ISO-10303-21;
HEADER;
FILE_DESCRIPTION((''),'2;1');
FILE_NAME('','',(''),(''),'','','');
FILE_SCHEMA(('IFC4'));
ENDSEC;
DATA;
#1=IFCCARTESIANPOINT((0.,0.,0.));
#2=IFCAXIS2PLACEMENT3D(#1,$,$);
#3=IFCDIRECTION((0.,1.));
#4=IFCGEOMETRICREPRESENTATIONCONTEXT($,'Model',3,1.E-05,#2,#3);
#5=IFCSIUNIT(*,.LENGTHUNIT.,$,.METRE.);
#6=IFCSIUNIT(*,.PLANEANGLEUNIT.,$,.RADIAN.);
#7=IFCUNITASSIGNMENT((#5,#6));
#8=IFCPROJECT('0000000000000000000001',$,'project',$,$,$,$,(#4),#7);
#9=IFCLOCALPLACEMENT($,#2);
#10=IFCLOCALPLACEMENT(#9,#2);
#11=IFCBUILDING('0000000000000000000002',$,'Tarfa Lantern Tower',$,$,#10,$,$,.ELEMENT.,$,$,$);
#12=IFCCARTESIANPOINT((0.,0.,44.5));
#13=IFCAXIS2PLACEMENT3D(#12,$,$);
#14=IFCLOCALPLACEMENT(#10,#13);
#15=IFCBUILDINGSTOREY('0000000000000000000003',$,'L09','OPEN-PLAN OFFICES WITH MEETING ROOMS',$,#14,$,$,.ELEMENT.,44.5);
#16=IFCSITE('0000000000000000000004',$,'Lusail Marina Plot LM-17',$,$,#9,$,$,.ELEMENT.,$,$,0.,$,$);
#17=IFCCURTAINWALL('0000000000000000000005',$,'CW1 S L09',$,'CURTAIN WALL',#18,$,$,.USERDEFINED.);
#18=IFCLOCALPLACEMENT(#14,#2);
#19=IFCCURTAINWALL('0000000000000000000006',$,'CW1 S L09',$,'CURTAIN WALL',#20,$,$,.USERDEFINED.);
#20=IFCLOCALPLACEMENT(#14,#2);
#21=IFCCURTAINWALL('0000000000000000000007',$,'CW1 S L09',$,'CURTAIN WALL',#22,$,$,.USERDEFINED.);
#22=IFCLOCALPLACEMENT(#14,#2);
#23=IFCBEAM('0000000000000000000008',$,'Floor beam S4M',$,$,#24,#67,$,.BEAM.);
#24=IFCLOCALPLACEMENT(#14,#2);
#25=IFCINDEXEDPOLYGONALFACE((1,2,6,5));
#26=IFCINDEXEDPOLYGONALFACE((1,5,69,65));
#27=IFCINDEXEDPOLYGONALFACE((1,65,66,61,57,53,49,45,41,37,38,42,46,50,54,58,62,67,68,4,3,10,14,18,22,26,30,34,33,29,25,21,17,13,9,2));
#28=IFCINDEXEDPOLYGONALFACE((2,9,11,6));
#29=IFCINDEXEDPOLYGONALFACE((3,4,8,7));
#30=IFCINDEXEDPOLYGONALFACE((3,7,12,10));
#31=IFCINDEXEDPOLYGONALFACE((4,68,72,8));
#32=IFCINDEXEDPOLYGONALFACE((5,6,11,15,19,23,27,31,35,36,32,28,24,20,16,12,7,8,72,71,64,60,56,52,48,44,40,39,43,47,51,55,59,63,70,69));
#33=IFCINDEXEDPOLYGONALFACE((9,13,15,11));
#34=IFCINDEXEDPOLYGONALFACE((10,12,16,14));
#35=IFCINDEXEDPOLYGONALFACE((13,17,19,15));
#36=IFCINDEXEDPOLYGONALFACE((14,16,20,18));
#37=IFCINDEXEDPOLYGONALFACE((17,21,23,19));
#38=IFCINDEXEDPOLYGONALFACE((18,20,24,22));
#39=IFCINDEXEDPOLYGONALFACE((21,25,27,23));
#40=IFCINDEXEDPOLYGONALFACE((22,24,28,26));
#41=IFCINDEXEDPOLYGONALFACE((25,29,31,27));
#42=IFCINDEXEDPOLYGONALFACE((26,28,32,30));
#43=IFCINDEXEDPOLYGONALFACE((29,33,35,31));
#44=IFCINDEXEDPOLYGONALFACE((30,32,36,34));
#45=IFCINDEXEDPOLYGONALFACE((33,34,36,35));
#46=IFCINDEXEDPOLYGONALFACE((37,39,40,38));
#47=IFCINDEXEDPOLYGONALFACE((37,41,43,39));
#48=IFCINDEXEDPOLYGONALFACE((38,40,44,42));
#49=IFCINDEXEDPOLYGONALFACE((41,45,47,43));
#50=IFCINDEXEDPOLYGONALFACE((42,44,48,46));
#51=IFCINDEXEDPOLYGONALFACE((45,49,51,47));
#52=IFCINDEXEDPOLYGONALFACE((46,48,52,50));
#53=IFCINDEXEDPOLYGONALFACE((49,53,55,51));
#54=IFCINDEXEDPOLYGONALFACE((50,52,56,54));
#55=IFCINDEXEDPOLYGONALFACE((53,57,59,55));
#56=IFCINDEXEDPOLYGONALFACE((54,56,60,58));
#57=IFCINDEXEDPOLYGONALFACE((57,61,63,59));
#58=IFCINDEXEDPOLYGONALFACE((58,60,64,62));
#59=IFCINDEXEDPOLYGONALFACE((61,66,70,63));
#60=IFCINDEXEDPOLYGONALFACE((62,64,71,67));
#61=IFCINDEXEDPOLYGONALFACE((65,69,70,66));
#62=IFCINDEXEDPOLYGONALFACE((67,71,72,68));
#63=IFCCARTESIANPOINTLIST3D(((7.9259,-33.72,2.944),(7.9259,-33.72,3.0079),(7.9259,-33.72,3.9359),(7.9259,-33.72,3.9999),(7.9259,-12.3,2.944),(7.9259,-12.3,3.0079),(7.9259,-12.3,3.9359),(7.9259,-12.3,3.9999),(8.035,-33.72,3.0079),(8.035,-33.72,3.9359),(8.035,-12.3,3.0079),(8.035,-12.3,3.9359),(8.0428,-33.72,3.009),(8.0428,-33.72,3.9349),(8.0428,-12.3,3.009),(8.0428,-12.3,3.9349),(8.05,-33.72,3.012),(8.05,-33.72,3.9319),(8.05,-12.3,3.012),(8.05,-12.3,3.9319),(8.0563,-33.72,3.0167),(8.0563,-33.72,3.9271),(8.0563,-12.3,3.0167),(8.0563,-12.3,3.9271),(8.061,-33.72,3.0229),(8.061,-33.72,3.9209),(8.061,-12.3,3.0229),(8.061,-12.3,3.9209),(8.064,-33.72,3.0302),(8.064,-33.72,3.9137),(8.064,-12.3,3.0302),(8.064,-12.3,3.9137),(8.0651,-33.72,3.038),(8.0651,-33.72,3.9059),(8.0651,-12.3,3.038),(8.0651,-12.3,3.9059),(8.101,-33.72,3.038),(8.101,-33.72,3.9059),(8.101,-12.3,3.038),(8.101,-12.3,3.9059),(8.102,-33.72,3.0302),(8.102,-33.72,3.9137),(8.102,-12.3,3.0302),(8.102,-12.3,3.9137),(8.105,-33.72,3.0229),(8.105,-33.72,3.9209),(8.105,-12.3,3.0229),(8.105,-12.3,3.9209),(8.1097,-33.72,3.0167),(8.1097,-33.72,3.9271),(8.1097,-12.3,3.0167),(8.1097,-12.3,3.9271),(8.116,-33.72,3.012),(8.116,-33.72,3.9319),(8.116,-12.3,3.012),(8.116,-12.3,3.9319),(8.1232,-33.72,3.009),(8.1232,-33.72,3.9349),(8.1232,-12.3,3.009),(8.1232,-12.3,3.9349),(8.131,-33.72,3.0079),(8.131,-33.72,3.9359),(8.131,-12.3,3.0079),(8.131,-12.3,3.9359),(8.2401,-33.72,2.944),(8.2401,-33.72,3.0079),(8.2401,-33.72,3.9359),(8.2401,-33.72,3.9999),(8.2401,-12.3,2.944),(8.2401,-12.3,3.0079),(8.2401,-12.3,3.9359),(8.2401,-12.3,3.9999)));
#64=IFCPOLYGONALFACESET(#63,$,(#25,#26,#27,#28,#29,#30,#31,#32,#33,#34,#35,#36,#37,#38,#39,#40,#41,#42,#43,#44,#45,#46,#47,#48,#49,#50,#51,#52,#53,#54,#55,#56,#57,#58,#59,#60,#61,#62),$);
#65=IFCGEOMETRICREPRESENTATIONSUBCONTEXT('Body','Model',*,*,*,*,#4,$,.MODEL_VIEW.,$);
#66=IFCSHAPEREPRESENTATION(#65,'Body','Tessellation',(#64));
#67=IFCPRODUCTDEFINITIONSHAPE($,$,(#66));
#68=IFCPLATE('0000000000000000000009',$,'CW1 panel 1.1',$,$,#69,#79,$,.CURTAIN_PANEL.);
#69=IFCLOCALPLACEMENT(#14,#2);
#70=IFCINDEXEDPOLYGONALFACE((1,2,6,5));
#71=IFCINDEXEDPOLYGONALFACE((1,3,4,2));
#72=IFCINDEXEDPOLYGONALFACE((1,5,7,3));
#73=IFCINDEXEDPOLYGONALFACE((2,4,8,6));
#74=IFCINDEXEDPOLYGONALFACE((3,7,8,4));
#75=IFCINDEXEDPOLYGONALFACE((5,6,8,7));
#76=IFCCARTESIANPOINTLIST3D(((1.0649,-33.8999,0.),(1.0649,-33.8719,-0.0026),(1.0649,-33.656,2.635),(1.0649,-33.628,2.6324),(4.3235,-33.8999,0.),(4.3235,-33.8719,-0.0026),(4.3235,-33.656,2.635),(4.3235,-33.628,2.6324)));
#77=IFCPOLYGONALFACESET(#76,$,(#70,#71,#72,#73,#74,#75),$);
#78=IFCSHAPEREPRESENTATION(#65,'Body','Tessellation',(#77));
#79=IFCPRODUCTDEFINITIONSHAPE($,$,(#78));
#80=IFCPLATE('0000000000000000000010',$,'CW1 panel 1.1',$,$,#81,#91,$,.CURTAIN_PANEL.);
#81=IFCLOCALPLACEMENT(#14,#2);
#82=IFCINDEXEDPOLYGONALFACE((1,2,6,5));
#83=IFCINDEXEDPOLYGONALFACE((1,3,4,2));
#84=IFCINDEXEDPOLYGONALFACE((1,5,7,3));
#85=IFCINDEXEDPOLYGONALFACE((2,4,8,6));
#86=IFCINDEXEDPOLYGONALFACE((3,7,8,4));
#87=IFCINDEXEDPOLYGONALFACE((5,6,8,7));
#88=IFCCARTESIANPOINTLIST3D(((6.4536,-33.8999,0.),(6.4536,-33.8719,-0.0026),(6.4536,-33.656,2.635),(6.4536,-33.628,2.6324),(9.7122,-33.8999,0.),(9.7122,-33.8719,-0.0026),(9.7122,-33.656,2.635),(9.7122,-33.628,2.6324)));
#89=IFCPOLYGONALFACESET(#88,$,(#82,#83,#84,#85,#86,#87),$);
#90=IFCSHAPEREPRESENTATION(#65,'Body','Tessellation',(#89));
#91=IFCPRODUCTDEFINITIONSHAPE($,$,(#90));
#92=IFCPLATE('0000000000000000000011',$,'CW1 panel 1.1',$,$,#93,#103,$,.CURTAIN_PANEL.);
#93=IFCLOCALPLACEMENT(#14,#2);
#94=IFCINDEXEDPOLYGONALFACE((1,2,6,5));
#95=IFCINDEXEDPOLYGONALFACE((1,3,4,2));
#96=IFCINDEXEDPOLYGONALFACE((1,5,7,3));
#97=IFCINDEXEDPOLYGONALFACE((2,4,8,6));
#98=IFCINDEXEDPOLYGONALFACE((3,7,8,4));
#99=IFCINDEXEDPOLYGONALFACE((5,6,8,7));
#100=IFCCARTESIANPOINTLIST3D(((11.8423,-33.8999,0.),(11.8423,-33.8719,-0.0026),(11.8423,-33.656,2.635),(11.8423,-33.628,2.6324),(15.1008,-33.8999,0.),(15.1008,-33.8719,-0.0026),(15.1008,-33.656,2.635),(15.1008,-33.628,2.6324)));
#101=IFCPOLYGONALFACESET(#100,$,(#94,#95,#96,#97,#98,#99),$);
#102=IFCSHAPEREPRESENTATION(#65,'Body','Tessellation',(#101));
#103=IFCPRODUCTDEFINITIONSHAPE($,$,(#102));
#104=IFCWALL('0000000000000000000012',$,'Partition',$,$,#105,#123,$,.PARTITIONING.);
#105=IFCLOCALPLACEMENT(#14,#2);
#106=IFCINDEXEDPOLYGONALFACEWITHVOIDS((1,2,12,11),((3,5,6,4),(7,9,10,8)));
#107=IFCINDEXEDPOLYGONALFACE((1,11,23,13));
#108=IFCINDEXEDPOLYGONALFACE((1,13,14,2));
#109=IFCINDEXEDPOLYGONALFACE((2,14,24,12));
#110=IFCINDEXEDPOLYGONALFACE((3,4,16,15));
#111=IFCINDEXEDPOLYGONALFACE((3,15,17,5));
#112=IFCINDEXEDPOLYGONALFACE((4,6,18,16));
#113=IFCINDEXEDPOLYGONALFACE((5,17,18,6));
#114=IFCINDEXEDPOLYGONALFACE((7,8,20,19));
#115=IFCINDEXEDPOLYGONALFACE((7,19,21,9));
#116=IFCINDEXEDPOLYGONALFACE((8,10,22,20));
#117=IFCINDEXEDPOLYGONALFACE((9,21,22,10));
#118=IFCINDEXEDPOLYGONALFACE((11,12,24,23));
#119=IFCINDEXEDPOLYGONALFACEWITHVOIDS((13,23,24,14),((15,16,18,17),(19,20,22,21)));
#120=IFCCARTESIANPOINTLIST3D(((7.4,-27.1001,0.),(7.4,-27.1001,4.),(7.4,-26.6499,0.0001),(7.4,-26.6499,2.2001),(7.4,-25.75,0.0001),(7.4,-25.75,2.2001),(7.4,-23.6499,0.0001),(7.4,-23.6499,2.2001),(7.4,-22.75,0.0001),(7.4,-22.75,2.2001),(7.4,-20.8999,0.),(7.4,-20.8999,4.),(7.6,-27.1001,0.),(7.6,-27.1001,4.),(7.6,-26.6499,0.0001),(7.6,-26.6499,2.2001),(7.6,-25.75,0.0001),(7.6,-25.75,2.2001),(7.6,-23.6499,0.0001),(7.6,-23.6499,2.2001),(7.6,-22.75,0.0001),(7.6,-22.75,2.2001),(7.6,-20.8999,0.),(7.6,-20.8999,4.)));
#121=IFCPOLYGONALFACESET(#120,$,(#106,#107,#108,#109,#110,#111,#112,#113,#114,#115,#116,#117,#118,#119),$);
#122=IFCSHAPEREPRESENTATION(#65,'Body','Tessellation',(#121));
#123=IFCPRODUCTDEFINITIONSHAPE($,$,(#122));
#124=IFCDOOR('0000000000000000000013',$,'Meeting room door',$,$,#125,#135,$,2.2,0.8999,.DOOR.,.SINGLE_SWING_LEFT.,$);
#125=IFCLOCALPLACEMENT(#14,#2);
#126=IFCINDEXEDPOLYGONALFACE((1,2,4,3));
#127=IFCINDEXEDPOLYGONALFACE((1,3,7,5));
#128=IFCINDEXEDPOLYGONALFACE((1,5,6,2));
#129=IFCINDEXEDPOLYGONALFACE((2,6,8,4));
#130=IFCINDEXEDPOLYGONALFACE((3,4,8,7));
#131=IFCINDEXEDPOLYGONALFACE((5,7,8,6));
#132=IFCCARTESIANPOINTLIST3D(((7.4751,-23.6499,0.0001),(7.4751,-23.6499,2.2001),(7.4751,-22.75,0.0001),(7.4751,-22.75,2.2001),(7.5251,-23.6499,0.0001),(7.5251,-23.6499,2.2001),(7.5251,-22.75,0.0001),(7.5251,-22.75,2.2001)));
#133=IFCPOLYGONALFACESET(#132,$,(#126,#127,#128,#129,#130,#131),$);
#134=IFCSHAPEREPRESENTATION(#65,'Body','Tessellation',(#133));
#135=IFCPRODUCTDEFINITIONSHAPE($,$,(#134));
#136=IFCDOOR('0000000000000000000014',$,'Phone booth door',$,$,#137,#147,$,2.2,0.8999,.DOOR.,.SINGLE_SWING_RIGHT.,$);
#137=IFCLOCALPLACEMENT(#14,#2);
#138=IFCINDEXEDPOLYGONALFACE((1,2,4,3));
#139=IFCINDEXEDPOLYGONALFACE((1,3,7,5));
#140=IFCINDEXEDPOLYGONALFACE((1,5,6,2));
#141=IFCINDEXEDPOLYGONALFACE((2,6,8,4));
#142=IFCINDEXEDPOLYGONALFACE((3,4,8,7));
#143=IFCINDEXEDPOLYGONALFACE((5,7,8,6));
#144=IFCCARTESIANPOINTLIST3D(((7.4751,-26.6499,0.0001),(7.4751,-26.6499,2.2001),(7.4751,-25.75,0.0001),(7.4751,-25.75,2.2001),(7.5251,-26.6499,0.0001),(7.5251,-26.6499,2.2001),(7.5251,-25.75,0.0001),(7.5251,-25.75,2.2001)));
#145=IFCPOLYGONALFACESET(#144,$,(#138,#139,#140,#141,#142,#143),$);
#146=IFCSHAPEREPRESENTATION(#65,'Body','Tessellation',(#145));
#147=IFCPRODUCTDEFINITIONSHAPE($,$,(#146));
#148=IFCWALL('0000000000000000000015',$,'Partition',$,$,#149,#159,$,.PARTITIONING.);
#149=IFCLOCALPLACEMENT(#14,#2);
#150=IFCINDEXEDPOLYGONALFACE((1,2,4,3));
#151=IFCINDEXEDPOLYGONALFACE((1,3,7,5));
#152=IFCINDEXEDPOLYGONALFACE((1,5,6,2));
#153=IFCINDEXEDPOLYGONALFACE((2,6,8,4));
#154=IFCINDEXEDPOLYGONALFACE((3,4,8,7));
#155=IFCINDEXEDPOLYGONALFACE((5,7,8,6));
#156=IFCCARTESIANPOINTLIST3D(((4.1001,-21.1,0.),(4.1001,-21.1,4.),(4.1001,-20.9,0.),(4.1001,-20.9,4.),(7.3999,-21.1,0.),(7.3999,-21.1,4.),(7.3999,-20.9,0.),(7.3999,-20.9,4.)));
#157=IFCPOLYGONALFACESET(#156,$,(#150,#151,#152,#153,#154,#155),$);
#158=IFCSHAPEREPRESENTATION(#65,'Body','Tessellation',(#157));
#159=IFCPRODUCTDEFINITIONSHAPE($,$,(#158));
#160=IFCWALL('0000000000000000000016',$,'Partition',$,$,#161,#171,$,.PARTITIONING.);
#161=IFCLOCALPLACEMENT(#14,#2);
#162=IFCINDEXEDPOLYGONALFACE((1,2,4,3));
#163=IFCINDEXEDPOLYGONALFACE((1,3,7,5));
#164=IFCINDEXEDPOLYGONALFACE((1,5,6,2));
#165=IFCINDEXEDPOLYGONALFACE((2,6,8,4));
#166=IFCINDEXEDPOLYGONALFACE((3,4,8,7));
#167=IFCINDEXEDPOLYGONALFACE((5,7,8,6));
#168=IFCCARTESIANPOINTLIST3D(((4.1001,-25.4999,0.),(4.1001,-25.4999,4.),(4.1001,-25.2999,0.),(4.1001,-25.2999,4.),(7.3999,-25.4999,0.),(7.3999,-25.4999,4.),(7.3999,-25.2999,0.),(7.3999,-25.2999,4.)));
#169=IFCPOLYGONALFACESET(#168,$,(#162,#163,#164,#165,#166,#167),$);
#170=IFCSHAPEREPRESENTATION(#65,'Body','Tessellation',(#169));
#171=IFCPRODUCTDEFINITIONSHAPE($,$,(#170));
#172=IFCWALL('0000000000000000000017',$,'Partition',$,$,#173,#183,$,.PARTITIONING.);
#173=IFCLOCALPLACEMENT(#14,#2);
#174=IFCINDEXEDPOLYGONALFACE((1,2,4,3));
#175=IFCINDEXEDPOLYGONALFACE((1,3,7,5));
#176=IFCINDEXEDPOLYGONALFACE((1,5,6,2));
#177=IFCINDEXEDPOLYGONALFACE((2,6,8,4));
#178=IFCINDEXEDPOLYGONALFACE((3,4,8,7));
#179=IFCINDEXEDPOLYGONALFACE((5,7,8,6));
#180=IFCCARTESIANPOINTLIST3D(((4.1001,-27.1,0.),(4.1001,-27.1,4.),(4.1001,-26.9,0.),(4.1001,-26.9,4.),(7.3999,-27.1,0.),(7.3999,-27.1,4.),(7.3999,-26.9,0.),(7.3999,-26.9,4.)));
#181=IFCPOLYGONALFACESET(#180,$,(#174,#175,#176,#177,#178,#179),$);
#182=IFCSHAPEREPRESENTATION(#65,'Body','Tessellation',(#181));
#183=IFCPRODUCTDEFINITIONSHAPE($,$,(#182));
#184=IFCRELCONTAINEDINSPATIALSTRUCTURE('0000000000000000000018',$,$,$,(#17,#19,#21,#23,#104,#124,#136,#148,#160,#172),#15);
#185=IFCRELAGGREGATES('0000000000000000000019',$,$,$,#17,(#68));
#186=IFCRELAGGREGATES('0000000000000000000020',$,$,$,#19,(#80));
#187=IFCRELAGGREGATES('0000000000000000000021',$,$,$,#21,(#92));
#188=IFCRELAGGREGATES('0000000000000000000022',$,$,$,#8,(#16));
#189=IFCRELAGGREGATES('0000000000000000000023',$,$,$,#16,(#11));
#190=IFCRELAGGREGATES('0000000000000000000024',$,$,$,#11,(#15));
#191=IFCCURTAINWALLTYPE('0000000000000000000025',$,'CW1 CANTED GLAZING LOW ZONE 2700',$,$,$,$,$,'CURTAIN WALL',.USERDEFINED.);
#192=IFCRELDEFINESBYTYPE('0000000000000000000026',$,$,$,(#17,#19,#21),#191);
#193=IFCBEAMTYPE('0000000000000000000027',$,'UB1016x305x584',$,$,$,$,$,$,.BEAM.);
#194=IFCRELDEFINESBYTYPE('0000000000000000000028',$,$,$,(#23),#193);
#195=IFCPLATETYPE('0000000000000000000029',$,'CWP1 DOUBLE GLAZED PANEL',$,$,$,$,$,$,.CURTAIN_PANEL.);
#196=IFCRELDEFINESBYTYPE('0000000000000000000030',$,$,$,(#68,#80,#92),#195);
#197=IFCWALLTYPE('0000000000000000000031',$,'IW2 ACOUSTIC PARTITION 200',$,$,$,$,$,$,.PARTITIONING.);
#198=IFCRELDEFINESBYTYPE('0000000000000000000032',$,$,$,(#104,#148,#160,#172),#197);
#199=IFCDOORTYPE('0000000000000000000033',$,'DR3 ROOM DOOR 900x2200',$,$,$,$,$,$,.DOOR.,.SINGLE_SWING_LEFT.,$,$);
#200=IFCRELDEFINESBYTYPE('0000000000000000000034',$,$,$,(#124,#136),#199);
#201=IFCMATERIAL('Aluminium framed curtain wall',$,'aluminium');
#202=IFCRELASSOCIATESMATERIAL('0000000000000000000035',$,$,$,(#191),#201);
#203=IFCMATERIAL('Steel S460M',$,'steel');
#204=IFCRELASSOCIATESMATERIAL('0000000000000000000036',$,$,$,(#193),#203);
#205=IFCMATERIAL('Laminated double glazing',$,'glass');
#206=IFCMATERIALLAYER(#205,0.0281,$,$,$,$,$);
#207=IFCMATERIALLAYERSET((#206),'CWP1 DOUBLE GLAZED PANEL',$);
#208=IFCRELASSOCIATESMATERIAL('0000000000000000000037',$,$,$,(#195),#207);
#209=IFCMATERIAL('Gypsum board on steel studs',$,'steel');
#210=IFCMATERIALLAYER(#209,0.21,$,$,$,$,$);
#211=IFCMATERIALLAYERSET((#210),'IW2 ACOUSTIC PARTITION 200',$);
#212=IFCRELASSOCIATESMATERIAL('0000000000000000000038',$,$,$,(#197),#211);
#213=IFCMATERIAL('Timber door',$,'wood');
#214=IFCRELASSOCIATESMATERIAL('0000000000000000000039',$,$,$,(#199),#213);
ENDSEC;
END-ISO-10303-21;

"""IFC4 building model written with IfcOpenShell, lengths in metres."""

from ifc_helpers import new_model, si_unit, direction, frame, frame_2d, origin, origin_2d, place, context, subcontext, project, spatial, polyline, rectangle, i_section, outline, extrude, material, layer, layer_set, material_profile, profile_set, type_object, element, fill, aggregate, save


model = new_model("IFC4")

# Units and contexts
model_context = context("Model", 3, precision=1e-05, world=origin(), true_north=direction((0.0, 1.0)))
body_context = subcontext(model_context, "Body", "Model", "MODEL_VIEW")
ifc_project = project(units=[si_unit("LENGTHUNIT", "METRE"), si_unit("PLANEANGLEUNIT", "RADIAN")], contexts=[model_context])

# Site, building, storey
site_placement = place(None, origin())
site = spatial("IfcSite", under=ifc_project, at=site_placement, Name="Lusail Marina Plot LM-17", CompositionType="ELEMENT", RefElevation=0.0)
building_placement = place(site_placement, origin())
building = spatial("IfcBuilding", under=site, at=building_placement, Name="Tarfa Lantern Tower", CompositionType="ELEMENT")
storey_placement = place(building_placement, frame((0.0, 0.0, 44.5)))
storey = spatial("IfcBuildingStorey", under=building, at=storey_placement, Name="L09", Description="OPEN-PLAN OFFICES WITH MEETING ROOMS", CompositionType="ELEMENT", Elevation=44.5)

# Curtain walls
ifc_material_1 = material(Name="Aluminium framed curtain wall", Category="aluminium")
curtain_wall_type = type_object("IfcCurtainWallType", Name="CW1 CANTED GLAZING LOW ZONE 2700", ElementType="CURTAIN WALL", PredefinedType="USERDEFINED", material=ifc_material_1)
curtain_wall_1_placement = place(storey_placement, origin())
curtain_wall_1 = element("IfcCurtainWall", 1, at=curtain_wall_1_placement, inside=storey, type_object=curtain_wall_type, Name="CW1 S L09", ObjectType="CURTAIN WALL", PredefinedType="USERDEFINED")
curtain_wall_2_placement = place(storey_placement, origin())
curtain_wall_2 = element("IfcCurtainWall", 2, at=curtain_wall_2_placement, inside=storey, type_object=curtain_wall_type, Name="CW1 S L09", ObjectType="CURTAIN WALL", PredefinedType="USERDEFINED")

# Curtain wall
curtain_wall_3_placement = place(storey_placement, origin())
curtain_wall_3 = element("IfcCurtainWall", 3, at=curtain_wall_3_placement, inside=storey, type_object=curtain_wall_type, Name="CW1 S L09", ObjectType="CURTAIN WALL", PredefinedType="USERDEFINED")

# Beam
ifc_material_2 = material(Name="Steel S460M", Category="steel")
ifc_material_profile_1 = material_profile(ifc_material_2, i_section(OverallWidth=0.3142, OverallDepth=1.0559, WebThickness=0.0359, FlangeThickness=0.064, FilletRadius=0.03, at=origin_2d()), Name="UB1016x305x584")
ifc_profile_set_1 = profile_set([ifc_material_profile_1], Name="Steel S460M")
beam_type_1 = type_object("IfcBeamType", Name="UB1016x305x584", PredefinedType="BEAM", material=ifc_profile_set_1)
for number, where, z_axis, x_axis, name in (
    (4, (8.083, -33.72, 3.4719), (0.0, 1.0, 0.0), (-1.0, 0.0, 0.0), "Floor beam S4M"),
):
    element("IfcBeam", number, at=place(storey_placement, frame(where, z_axis=z_axis, x_axis=x_axis)), inside=storey, type_object=beam_type_1, Name=name, PredefinedType="BEAM", context=body_context, shape_type="SweptSolid", body=[
        extrude(i_section(OverallWidth=0.3142, OverallDepth=1.0559, WebThickness=0.0359, FlangeThickness=0.064, FilletRadius=0.03, at=origin_2d()), origin(), (0.0, 0.0, 1.0), 21.4199),
    ])

# Plates
ifc_material_3 = material(Name="Laminated double glazing", Category="glass")
ifc_layer_1 = layer(ifc_material_3, 0.0281)
ifc_layer_set_1 = layer_set([ifc_layer_1], Name="CWP1 DOUBLE GLAZED PANEL")
plate_type = type_object("IfcPlateType", Name="CWP1 DOUBLE GLAZED PANEL", PredefinedType="CURTAIN_PANEL", material=ifc_layer_set_1)
plate_1_placement = place(storey_placement, frame((1.0649, -33.8999, 0.0), z_axis=(0.0, -0.995744, 0.092166), x_axis=(1.0, 0.0, 0.0)))
plate_1 = element("IfcPlate", 5, at=plate_1_placement, type_object=plate_type, Name="CW1 panel 1.1", PredefinedType="CURTAIN_PANEL", context=body_context, shape_type="SweptSolid", body=[
    extrude(outline(polyline([(0.0, 0.0), (3.2585, 0.0), (3.2585, 2.6463), (0.0, 2.6463), (0.0, 0.0)])), origin(), (0.0, 0.0, -1.0), 0.0281),
])
aggregate(curtain_wall_1, [plate_1])
plate_2_placement = place(storey_placement, frame((6.4536, -33.8999, 0.0), z_axis=(0.0, -0.995744, 0.092166), x_axis=(1.0, 0.0, 0.0)))
plate_2 = element("IfcPlate", 6, at=plate_2_placement, type_object=plate_type, Name="CW1 panel 1.1", PredefinedType="CURTAIN_PANEL", context=body_context, shape_type="SweptSolid", body=[
    extrude(outline(polyline([(0.0, 0.0), (3.2585, 0.0), (3.2585, 2.6463), (0.0, 2.6463), (0.0, 0.0)])), origin(), (0.0, 0.0, -1.0), 0.0281),
])
aggregate(curtain_wall_2, [plate_2])
plate_3_placement = place(storey_placement, frame((11.8423, -33.8999, 0.0), z_axis=(0.0, -0.995744, 0.092166), x_axis=(1.0, 0.0, 0.0)))
plate_3 = element("IfcPlate", 7, at=plate_3_placement, type_object=plate_type, Name="CW1 panel 1.1", PredefinedType="CURTAIN_PANEL", context=body_context, shape_type="SweptSolid", body=[
    extrude(outline(polyline([(0.0, 0.0), (3.2585, 0.0), (3.2585, 2.6463), (0.0, 2.6463), (0.0, 0.0)])), origin(), (0.0, 0.0, -1.0), 0.0281),
])
aggregate(curtain_wall_3, [plate_3])

# Wall, openings, doors
ifc_material_4 = material(Name="Gypsum board on steel studs", Category="steel")
ifc_layer_2 = layer(ifc_material_4, 0.21)
ifc_layer_set_2 = layer_set([ifc_layer_2], Name="IW2 ACOUSTIC PARTITION 200")
wall_type = type_object("IfcWallType", Name="IW2 ACOUSTIC PARTITION 200", PredefinedType="PARTITIONING", material=ifc_layer_set_2)
wall_placement = place(storey_placement, frame((7.5, -20.8999, 0.0), z_axis=(0.0, 0.0, 1.0), x_axis=(0.0, -1.0, 0.0)))
wall = element("IfcWall", 8, at=wall_placement, inside=storey, type_object=wall_type, Name="Partition", PredefinedType="PARTITIONING", context=body_context, shape_type="SweptSolid", body=[
    extrude(rectangle(XDim=6.2002, YDim=0.2, at=frame_2d((3.1001, 0.0))), origin(), (0.0, 0.0, 1.0), 4.0),
])
opening_1_placement = place(wall_placement, frame((1.8501, 0.0, 0.0)))
opening_1 = element("IfcOpeningElement", 9, at=opening_1_placement, cuts=wall, PredefinedType="OPENING", context=body_context, shape_type="SweptSolid", body=[
    extrude(rectangle(XDim=0.8999, YDim=2.2, at=frame_2d((0.45, 1.1001))), frame((0.0, 0.1099, 0.0), z_axis=(0.0, -1.0, 0.0), x_axis=(1.0, 0.0, 0.0)), (0.0, 0.0, 1.0), 0.22),
])
opening_2_placement = place(wall_placement, frame((4.8501, 0.0, 0.0)))
opening_2 = element("IfcOpeningElement", 10, at=opening_2_placement, cuts=wall, PredefinedType="OPENING", context=body_context, shape_type="SweptSolid", body=[
    extrude(rectangle(XDim=0.8999, YDim=2.2, at=frame_2d((0.45, 1.1001))), frame((0.0, 0.1099, 0.0), z_axis=(0.0, -1.0, 0.0), x_axis=(1.0, 0.0, 0.0)), (0.0, 0.0, 1.0), 0.22),
])
ifc_material_5 = material(Name="Timber door", Category="wood")
door_type = type_object("IfcDoorType", Name="DR3 ROOM DOOR 900x2200", OperationType="SINGLE_SWING_LEFT", PredefinedType="DOOR", material=ifc_material_5)
door_1_placement = place(opening_1_placement, frame((0.8999, 0.0, 0.0), z_axis=(0.0, 0.0, 1.0), x_axis=(-1.0, 0.0, 0.0)))
door_1 = element("IfcDoor", 11, at=door_1_placement, inside=storey, type_object=door_type, Name="Meeting room door", OperationType="SINGLE_SWING_LEFT", OverallHeight=2.2, OverallWidth=0.8999, PredefinedType="DOOR", context=body_context, shape_type="SweptSolid", body=[
    extrude(rectangle(XDim=0.8999, YDim=2.2, at=frame_2d((0.45, 1.1001))), frame((0.0, 0.0249, 0.0), z_axis=(0.0, -1.0, 0.0), x_axis=(1.0, 0.0, 0.0)), (0.0, 0.0, 1.0), 0.05),
])
fill(opening_1, door_1)
door_2_placement = place(opening_2_placement, frame((0.8999, 0.0, 0.0), z_axis=(0.0, 0.0, 1.0), x_axis=(-1.0, 0.0, 0.0)))
door_2 = element("IfcDoor", 12, at=door_2_placement, inside=storey, type_object=door_type, Name="Phone booth door", OperationType="SINGLE_SWING_RIGHT", OverallHeight=2.2, OverallWidth=0.8999, PredefinedType="DOOR", context=body_context, shape_type="SweptSolid", body=[
    extrude(rectangle(XDim=0.8999, YDim=2.2, at=frame_2d((0.45, 1.1001))), frame((0.0, 0.0249, 0.0), z_axis=(0.0, -1.0, 0.0), x_axis=(1.0, 0.0, 0.0)), (0.0, 0.0, 1.0), 0.05),
])
fill(opening_2, door_2)

# Walls
for number, where, z_axis, x_axis, name in (
    (13, (4.1001, -21.0, 0.0), (0.0, 0.0, 1.0), (1.0, 0.0, 0.0), "Partition"),
    (14, (4.1001, -25.3999, 0.0), (0.0, 0.0, 1.0), (1.0, 0.0, 0.0), "Partition"),
    (15, (4.1001, -27.0, 0.0), (0.0, 0.0, 1.0), (1.0, 0.0, 0.0), "Partition"),
):
    element("IfcWall", number, at=place(storey_placement, frame(where, z_axis=z_axis, x_axis=x_axis)), inside=storey, type_object=wall_type, Name=name, PredefinedType="PARTITIONING", context=body_context, shape_type="SweptSolid", body=[
        extrude(rectangle(XDim=3.2998, YDim=0.2, at=frame_2d((1.6499, 0.0))), origin(), (0.0, 0.0, 1.0), 4.0),
    ])

save(model, "model.ifc")
